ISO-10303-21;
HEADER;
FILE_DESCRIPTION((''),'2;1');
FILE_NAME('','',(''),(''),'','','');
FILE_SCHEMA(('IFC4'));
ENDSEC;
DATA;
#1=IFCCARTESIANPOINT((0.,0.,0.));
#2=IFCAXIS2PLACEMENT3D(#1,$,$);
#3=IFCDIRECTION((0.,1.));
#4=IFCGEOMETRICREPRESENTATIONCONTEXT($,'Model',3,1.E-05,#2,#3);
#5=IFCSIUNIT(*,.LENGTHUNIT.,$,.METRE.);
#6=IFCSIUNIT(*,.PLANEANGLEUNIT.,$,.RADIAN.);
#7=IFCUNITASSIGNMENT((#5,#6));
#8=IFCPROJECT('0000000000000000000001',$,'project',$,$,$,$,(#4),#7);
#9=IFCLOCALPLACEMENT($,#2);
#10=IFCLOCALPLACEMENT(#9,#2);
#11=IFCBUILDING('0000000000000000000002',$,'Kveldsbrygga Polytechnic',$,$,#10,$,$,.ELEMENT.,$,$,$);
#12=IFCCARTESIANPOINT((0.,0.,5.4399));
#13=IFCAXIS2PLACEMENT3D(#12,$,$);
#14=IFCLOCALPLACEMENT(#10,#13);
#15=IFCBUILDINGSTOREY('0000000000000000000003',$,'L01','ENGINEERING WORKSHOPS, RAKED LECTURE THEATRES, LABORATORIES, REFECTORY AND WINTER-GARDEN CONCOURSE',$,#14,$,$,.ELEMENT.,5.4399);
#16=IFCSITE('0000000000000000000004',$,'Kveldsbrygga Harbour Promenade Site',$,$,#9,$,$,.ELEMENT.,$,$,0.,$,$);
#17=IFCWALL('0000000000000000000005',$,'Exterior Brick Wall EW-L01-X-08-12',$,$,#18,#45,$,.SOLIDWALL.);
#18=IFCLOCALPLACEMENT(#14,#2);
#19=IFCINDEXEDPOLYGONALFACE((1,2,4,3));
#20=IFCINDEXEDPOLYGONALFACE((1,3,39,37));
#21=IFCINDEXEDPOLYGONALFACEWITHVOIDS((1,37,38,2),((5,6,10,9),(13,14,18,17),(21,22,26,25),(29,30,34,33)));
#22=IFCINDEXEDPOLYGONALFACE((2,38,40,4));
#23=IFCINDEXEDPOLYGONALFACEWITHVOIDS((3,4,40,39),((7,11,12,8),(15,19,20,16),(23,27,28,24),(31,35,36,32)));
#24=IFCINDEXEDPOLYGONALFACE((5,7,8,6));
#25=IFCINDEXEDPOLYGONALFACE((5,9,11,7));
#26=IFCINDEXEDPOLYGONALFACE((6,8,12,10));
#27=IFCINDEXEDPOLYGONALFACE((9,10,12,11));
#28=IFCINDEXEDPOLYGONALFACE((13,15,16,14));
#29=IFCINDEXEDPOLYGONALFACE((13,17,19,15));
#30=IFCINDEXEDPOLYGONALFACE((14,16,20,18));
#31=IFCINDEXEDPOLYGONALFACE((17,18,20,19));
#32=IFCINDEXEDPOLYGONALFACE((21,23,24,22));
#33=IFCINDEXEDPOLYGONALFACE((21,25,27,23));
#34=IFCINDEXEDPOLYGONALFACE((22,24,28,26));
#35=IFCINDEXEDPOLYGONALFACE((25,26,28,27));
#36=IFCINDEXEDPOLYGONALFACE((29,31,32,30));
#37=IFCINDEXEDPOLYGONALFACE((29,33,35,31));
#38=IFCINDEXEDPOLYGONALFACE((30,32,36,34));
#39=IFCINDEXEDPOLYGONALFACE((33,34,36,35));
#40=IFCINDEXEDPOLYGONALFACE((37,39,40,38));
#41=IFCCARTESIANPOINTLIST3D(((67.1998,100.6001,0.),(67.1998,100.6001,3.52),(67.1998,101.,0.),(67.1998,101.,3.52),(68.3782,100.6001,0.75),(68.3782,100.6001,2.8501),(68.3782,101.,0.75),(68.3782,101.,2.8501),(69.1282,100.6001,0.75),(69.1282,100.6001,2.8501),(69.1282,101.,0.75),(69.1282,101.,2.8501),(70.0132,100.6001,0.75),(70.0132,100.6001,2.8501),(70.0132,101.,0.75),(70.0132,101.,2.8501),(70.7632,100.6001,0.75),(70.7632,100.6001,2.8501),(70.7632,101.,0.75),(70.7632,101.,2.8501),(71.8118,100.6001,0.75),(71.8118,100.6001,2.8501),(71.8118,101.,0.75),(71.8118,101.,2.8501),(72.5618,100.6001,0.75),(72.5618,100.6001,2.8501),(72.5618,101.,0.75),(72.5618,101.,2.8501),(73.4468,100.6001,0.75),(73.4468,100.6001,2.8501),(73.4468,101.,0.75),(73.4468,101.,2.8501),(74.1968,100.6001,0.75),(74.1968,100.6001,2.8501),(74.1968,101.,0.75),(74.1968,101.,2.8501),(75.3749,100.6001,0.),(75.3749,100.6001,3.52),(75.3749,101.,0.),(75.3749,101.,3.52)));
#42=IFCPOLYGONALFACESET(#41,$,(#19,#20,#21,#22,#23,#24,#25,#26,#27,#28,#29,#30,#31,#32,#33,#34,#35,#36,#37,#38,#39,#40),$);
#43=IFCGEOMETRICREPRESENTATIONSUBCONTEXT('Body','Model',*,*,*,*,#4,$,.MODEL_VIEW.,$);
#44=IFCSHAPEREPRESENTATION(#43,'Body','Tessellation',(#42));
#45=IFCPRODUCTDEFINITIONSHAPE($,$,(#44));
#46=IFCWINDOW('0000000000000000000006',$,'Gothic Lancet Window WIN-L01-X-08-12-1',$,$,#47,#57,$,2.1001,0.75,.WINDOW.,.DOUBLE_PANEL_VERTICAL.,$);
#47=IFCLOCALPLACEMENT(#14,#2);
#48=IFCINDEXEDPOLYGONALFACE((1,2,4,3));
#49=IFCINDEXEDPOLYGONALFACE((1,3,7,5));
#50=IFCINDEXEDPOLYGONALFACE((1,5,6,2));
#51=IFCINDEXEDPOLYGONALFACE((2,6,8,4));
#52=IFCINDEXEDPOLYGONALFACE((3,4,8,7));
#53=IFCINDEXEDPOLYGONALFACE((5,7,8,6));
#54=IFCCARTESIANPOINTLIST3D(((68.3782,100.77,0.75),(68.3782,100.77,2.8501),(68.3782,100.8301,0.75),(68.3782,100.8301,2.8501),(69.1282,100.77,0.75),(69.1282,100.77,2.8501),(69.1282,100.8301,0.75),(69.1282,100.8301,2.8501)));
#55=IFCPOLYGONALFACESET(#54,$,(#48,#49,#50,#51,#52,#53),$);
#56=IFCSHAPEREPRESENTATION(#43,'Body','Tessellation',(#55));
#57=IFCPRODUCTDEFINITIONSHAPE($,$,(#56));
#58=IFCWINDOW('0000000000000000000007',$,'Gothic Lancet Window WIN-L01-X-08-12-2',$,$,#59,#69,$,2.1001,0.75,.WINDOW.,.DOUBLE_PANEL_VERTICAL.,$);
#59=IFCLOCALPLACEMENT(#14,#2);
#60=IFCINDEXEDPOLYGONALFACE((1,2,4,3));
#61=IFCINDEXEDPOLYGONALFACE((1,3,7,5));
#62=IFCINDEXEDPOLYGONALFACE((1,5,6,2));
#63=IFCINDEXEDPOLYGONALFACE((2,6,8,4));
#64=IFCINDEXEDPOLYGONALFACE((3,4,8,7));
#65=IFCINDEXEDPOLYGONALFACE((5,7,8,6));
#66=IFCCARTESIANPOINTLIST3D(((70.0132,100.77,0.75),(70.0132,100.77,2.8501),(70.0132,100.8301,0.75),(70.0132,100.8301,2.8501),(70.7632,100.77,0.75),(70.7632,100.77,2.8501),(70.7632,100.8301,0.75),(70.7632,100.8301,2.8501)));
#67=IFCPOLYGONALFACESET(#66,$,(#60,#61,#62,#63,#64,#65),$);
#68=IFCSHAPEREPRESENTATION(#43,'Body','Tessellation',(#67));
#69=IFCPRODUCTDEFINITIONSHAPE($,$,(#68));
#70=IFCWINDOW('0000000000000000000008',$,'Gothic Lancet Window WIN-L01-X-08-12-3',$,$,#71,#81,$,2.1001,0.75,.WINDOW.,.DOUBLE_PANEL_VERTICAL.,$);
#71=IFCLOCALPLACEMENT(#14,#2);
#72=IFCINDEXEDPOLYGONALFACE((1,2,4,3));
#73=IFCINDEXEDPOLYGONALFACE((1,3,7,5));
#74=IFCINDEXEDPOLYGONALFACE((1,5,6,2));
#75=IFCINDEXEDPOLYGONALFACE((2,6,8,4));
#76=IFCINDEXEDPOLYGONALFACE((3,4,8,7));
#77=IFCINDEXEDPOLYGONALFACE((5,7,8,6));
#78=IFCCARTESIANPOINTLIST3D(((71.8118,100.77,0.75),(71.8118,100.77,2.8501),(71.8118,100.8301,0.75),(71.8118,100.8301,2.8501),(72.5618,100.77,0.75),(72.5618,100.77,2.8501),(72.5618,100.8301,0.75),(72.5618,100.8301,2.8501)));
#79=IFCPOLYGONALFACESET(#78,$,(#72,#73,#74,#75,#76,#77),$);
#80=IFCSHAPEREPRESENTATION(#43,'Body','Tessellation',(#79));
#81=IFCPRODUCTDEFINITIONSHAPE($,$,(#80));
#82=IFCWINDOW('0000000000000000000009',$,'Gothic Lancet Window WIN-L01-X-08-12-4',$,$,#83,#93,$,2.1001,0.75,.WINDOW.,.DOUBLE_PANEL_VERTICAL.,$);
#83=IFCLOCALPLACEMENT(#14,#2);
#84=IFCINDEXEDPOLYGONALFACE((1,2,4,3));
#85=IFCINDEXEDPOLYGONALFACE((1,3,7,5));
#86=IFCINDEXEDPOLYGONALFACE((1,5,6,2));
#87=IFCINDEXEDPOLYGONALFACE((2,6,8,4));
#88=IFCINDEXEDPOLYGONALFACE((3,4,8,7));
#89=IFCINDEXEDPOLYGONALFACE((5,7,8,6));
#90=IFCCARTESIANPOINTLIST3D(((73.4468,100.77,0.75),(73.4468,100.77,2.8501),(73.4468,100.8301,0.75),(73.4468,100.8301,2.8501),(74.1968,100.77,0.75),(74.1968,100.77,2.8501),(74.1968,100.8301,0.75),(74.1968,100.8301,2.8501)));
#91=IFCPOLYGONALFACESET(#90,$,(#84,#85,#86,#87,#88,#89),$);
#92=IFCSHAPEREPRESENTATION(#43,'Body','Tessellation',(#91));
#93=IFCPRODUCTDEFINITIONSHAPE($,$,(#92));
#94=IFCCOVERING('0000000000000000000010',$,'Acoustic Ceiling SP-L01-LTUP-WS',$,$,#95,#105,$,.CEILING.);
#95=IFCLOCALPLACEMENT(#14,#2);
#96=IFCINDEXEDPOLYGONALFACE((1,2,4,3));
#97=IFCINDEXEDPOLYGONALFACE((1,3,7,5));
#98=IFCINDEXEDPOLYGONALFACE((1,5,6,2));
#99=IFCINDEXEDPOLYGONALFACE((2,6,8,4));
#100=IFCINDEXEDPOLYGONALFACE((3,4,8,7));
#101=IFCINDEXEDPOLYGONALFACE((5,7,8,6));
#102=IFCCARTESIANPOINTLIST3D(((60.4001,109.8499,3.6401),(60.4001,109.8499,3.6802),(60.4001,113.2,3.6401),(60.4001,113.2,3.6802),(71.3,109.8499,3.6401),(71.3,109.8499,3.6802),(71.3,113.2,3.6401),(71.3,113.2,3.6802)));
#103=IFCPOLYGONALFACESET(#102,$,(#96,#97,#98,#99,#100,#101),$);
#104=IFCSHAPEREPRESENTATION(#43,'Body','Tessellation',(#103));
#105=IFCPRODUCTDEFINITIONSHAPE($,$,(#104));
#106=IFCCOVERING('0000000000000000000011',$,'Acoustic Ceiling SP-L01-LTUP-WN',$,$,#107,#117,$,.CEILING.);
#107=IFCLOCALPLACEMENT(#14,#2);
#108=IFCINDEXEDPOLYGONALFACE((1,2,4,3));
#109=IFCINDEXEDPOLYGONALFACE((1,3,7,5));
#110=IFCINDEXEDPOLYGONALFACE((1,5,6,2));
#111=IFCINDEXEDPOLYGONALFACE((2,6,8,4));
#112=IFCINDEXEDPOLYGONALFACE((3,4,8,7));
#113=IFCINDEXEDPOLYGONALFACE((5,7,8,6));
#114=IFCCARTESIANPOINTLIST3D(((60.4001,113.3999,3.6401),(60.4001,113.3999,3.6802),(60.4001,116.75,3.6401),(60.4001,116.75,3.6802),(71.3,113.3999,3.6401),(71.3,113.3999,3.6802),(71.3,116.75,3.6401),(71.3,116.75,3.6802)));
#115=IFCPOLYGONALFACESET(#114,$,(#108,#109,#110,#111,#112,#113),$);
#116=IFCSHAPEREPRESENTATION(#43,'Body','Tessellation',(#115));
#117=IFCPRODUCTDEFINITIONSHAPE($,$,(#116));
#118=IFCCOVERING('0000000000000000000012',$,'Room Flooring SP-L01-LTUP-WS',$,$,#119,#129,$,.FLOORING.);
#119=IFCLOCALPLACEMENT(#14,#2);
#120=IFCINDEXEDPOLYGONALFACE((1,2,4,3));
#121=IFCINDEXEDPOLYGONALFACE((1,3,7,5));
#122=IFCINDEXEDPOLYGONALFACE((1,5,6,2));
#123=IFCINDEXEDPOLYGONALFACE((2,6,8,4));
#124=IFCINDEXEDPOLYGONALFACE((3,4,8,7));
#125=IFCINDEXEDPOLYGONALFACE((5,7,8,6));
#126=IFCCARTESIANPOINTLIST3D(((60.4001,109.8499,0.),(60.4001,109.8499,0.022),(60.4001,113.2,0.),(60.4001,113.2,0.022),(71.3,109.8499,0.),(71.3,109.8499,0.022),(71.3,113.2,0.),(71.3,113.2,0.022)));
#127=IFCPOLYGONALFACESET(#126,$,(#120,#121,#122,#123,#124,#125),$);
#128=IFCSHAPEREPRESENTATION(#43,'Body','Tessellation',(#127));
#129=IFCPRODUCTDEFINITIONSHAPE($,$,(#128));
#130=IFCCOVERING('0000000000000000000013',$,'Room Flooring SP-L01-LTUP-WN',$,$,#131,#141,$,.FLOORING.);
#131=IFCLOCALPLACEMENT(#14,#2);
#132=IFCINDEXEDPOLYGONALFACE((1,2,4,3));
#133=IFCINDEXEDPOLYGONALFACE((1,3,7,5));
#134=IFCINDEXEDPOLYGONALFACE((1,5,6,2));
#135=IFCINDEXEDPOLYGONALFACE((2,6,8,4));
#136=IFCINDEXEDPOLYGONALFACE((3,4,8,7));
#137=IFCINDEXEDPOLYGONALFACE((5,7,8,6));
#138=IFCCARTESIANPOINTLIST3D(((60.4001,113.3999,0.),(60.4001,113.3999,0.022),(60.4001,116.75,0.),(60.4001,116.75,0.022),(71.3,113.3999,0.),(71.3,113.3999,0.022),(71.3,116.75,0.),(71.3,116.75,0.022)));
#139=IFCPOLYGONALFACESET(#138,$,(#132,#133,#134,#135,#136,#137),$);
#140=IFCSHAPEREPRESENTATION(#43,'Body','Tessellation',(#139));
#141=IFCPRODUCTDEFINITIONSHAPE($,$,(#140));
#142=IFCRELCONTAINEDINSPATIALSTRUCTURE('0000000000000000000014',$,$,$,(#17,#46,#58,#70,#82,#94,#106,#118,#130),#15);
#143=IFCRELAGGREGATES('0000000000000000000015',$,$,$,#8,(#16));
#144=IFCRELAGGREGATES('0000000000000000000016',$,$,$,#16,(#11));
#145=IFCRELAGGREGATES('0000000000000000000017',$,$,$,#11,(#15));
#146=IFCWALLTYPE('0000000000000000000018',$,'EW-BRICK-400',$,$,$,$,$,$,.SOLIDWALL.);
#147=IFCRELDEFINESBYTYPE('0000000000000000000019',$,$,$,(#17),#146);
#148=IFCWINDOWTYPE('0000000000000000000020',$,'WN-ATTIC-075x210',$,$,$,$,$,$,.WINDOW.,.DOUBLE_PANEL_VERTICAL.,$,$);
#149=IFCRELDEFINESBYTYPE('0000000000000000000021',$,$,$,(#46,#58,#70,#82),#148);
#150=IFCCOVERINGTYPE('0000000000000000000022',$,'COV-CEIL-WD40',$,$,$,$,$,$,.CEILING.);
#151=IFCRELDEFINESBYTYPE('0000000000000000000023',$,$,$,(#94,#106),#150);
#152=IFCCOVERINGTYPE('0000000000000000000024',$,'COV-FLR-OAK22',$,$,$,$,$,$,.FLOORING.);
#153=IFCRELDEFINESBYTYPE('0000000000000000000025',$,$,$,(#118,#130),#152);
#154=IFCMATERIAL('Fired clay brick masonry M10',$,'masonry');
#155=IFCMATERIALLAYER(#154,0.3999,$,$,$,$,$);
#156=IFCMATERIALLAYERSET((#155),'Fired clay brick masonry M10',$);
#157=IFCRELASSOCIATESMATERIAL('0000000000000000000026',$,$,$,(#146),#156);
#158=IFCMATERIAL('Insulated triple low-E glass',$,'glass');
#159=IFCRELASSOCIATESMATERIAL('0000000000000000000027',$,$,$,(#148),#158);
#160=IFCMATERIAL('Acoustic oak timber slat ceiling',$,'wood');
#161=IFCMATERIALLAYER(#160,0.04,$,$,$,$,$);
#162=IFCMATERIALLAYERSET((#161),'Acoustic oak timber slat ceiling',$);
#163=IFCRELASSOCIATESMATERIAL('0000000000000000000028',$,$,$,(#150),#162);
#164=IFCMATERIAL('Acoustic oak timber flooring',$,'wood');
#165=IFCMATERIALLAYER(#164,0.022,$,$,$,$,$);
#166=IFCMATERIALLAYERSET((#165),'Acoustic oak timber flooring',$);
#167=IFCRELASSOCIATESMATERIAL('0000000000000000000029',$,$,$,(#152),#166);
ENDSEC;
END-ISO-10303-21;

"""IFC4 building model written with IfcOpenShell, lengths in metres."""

from ifc_helpers import new_model, si_unit, direction, frame, frame_2d, origin, origin_2d, place, context, subcontext, project, spatial, rectangle, extrude, material, layer, layer_set, type_object, element, fill, save


model = new_model("IFC4")

# Units and contexts
model_context = context("Model", 3, precision=1e-05, world=origin(), true_north=direction((0.0, 1.0)))
body_context = subcontext(model_context, "Body", "Model", "MODEL_VIEW")
ifc_project = project(units=[si_unit("LENGTHUNIT", "METRE"), si_unit("PLANEANGLEUNIT", "RADIAN")], contexts=[model_context])

# Site, building, storey
site_placement = place(None, origin())
site = spatial("IfcSite", under=ifc_project, at=site_placement, Name="Kveldsbrygga Harbour Promenade Site", CompositionType="ELEMENT", RefElevation=0.0)
building_placement = place(site_placement, origin())
building = spatial("IfcBuilding", under=site, at=building_placement, Name="Kveldsbrygga Polytechnic", CompositionType="ELEMENT")
storey_placement = place(building_placement, frame((0.0, 0.0, 5.4399)))
storey = spatial("IfcBuildingStorey", under=building, at=storey_placement, Name="L01", Description="ENGINEERING WORKSHOPS, RAKED LECTURE THEATRES, LABORATORIES, REFECTORY AND WINTER-GARDEN CONCOURSE", CompositionType="ELEMENT", Elevation=5.4399)

# Shared definitions
ifc_material_1 = material(Name="Insulated triple low-E glass", Category="glass")

# Wall, openings, windows
ifc_material_2 = material(Name="Fired clay brick masonry M10", Category="masonry")
ifc_layer_1 = layer(ifc_material_2, 0.3999)
ifc_layer_set_1 = layer_set([ifc_layer_1], Name="Fired clay brick masonry M10")
wall_type_1 = type_object("IfcWallType", Name="EW-BRICK-400", PredefinedType="SOLIDWALL", material=ifc_layer_set_1)
wall_1_placement = place(storey_placement, frame((67.2, 100.8, 0.0), z_axis=(0.0, 0.0, 1.0), x_axis=(1.0, 0.0, 0.0)))
wall_1 = element("IfcWall", 1, at=wall_1_placement, inside=storey, type_object=wall_type_1, Name="Exterior Brick Wall EW-L01-X-08-12", PredefinedType="SOLIDWALL", context=body_context, shape_type="SweptSolid", body=[
    extrude(rectangle(XDim=8.175, YDim=0.3999, at=frame_2d((4.0874, 0.0))), origin(), (0.0, 0.0, 1.0), 3.52),
])
opening_1_placement = place(wall_1_placement, frame((1.1782, 0.0, 0.75)))
opening_1 = element("IfcOpeningElement", 2, at=opening_1_placement, cuts=wall_1, PredefinedType="OPENING", context=body_context, shape_type="SweptSolid", body=[
    extrude(rectangle(XDim=0.75, YDim=2.1001, at=frame_2d((0.375, 1.05))), frame((0.0, 0.21, 0.0), z_axis=(0.0, -1.0, 0.0), x_axis=(1.0, 0.0, 0.0)), (0.0, 0.0, 1.0), 0.4199),
])
opening_2_placement = place(wall_1_placement, frame((2.8132, 0.0, 0.75)))
opening_2 = element("IfcOpeningElement", 3, at=opening_2_placement, cuts=wall_1, PredefinedType="OPENING", context=body_context, shape_type="SweptSolid", body=[
    extrude(rectangle(XDim=0.75, YDim=2.1001, at=frame_2d((0.375, 1.05))), frame((0.0, 0.21, 0.0), z_axis=(0.0, -1.0, 0.0), x_axis=(1.0, 0.0, 0.0)), (0.0, 0.0, 1.0), 0.4199),
])
opening_3_placement = place(wall_1_placement, frame((4.6118, 0.0, 0.75)))
opening_3 = element("IfcOpeningElement", 4, at=opening_3_placement, cuts=wall_1, PredefinedType="OPENING", context=body_context, shape_type="SweptSolid", body=[
    extrude(rectangle(XDim=0.75, YDim=2.1001, at=frame_2d((0.375, 1.05))), frame((0.0, 0.21, 0.0), z_axis=(0.0, -1.0, 0.0), x_axis=(1.0, 0.0, 0.0)), (0.0, 0.0, 1.0), 0.4199),
])
opening_4_placement = place(wall_1_placement, frame((6.2468, 0.0, 0.75)))
opening_4 = element("IfcOpeningElement", 5, at=opening_4_placement, cuts=wall_1, PredefinedType="OPENING", context=body_context, shape_type="SweptSolid", body=[
    extrude(rectangle(XDim=0.75, YDim=2.1001, at=frame_2d((0.375, 1.05))), frame((0.0, 0.21, 0.0), z_axis=(0.0, -1.0, 0.0), x_axis=(1.0, 0.0, 0.0)), (0.0, 0.0, 1.0), 0.4199),
])
window_type_1 = type_object("IfcWindowType", Name="WN-ATTIC-075x210", PartitioningType="DOUBLE_PANEL_VERTICAL", PredefinedType="WINDOW", material=ifc_material_1)
window_1_placement = place(opening_1_placement, origin())
window_1 = element("IfcWindow", 6, at=window_1_placement, inside=storey, type_object=window_type_1, Name="Gothic Lancet Window WIN-L01-X-08-12-1", OverallHeight=2.1001, OverallWidth=0.75, PartitioningType="DOUBLE_PANEL_VERTICAL", PredefinedType="WINDOW", context=body_context, shape_type="SweptSolid", body=[
    extrude(rectangle(XDim=0.75, YDim=2.1001, at=frame_2d((0.375, 1.05))), frame((0.0, 0.03, 0.0), z_axis=(0.0, -1.0, 0.0), x_axis=(1.0, 0.0, 0.0)), (0.0, 0.0, 1.0), 0.0601),
])
fill(opening_1, window_1)
window_2_placement = place(opening_2_placement, origin())
window_2 = element("IfcWindow", 7, at=window_2_placement, inside=storey, type_object=window_type_1, Name="Gothic Lancet Window WIN-L01-X-08-12-2", OverallHeight=2.1001, OverallWidth=0.75, PartitioningType="DOUBLE_PANEL_VERTICAL", PredefinedType="WINDOW", context=body_context, shape_type="SweptSolid", body=[
    extrude(rectangle(XDim=0.75, YDim=2.1001, at=frame_2d((0.375, 1.05))), frame((0.0, 0.03, 0.0), z_axis=(0.0, -1.0, 0.0), x_axis=(1.0, 0.0, 0.0)), (0.0, 0.0, 1.0), 0.0601),
])
fill(opening_2, window_2)
window_3_placement = place(opening_3_placement, origin())
window_3 = element("IfcWindow", 8, at=window_3_placement, inside=storey, type_object=window_type_1, Name="Gothic Lancet Window WIN-L01-X-08-12-3", OverallHeight=2.1001, OverallWidth=0.75, PartitioningType="DOUBLE_PANEL_VERTICAL", PredefinedType="WINDOW", context=body_context, shape_type="SweptSolid", body=[
    extrude(rectangle(XDim=0.75, YDim=2.1001, at=frame_2d((0.375, 1.05))), frame((0.0, 0.03, 0.0), z_axis=(0.0, -1.0, 0.0), x_axis=(1.0, 0.0, 0.0)), (0.0, 0.0, 1.0), 0.0601),
])
fill(opening_3, window_3)
window_4_placement = place(opening_4_placement, origin())
window_4 = element("IfcWindow", 9, at=window_4_placement, inside=storey, type_object=window_type_1, Name="Gothic Lancet Window WIN-L01-X-08-12-4", OverallHeight=2.1001, OverallWidth=0.75, PartitioningType="DOUBLE_PANEL_VERTICAL", PredefinedType="WINDOW", context=body_context, shape_type="SweptSolid", body=[
    extrude(rectangle(XDim=0.75, YDim=2.1001, at=frame_2d((0.375, 1.05))), frame((0.0, 0.03, 0.0), z_axis=(0.0, -1.0, 0.0), x_axis=(1.0, 0.0, 0.0)), (0.0, 0.0, 1.0), 0.0601),
])
fill(opening_4, window_4)

# Coverings
ifc_material_3 = material(Name="Acoustic oak timber slat ceiling", Category="wood")
ifc_layer_2 = layer(ifc_material_3, 0.04)
ifc_layer_set_2 = layer_set([ifc_layer_2], Name="Acoustic oak timber slat ceiling")
covering_type_1 = type_object("IfcCoveringType", Name="COV-CEIL-WD40", PredefinedType="CEILING", material=ifc_layer_set_2)
for number, where, z_axis, x_axis, name in (
    (10, (65.8501, 111.5249, 3.6401), (0.0, 0.0, 1.0), (1.0, 0.0, 0.0), "Acoustic Ceiling SP-L01-LTUP-WS"),
    (11, (65.8501, 115.075, 3.6401), (0.0, 0.0, 1.0), (1.0, 0.0, 0.0), "Acoustic Ceiling SP-L01-LTUP-WN"),
):
    element("IfcCovering", number, at=place(storey_placement, frame(where, z_axis=z_axis, x_axis=x_axis)), inside=storey, type_object=covering_type_1, Name=name, PredefinedType="CEILING", context=body_context, shape_type="SweptSolid", body=[
        extrude(rectangle(XDim=10.8999, YDim=3.3501, at=origin_2d()), origin(), (0.0, 0.0, 1.0), 0.04),
    ])
ifc_material_4 = material(Name="Acoustic oak timber flooring", Category="wood")
ifc_layer_3 = layer(ifc_material_4, 0.022)
ifc_layer_set_3 = layer_set([ifc_layer_3], Name="Acoustic oak timber flooring")
covering_type_2 = type_object("IfcCoveringType", Name="COV-FLR-OAK22", PredefinedType="FLOORING", material=ifc_layer_set_3)
for number, where, z_axis, x_axis, name in (
    (12, (65.8501, 111.5249, 0.0), (0.0, 0.0, 1.0), (1.0, 0.0, 0.0), "Room Flooring SP-L01-LTUP-WS"),
    (13, (65.8501, 115.075, 0.0), (0.0, 0.0, 1.0), (1.0, 0.0, 0.0), "Room Flooring SP-L01-LTUP-WN"),
):
    element("IfcCovering", number, at=place(storey_placement, frame(where, z_axis=z_axis, x_axis=x_axis)), inside=storey, type_object=covering_type_2, Name=name, PredefinedType="FLOORING", context=body_context, shape_type="SweptSolid", body=[
        extrude(rectangle(XDim=10.8999, YDim=3.3501, at=origin_2d()), origin(), (0.0, 0.0, 1.0), 0.022),
    ])

save(model, "model.ifc")
